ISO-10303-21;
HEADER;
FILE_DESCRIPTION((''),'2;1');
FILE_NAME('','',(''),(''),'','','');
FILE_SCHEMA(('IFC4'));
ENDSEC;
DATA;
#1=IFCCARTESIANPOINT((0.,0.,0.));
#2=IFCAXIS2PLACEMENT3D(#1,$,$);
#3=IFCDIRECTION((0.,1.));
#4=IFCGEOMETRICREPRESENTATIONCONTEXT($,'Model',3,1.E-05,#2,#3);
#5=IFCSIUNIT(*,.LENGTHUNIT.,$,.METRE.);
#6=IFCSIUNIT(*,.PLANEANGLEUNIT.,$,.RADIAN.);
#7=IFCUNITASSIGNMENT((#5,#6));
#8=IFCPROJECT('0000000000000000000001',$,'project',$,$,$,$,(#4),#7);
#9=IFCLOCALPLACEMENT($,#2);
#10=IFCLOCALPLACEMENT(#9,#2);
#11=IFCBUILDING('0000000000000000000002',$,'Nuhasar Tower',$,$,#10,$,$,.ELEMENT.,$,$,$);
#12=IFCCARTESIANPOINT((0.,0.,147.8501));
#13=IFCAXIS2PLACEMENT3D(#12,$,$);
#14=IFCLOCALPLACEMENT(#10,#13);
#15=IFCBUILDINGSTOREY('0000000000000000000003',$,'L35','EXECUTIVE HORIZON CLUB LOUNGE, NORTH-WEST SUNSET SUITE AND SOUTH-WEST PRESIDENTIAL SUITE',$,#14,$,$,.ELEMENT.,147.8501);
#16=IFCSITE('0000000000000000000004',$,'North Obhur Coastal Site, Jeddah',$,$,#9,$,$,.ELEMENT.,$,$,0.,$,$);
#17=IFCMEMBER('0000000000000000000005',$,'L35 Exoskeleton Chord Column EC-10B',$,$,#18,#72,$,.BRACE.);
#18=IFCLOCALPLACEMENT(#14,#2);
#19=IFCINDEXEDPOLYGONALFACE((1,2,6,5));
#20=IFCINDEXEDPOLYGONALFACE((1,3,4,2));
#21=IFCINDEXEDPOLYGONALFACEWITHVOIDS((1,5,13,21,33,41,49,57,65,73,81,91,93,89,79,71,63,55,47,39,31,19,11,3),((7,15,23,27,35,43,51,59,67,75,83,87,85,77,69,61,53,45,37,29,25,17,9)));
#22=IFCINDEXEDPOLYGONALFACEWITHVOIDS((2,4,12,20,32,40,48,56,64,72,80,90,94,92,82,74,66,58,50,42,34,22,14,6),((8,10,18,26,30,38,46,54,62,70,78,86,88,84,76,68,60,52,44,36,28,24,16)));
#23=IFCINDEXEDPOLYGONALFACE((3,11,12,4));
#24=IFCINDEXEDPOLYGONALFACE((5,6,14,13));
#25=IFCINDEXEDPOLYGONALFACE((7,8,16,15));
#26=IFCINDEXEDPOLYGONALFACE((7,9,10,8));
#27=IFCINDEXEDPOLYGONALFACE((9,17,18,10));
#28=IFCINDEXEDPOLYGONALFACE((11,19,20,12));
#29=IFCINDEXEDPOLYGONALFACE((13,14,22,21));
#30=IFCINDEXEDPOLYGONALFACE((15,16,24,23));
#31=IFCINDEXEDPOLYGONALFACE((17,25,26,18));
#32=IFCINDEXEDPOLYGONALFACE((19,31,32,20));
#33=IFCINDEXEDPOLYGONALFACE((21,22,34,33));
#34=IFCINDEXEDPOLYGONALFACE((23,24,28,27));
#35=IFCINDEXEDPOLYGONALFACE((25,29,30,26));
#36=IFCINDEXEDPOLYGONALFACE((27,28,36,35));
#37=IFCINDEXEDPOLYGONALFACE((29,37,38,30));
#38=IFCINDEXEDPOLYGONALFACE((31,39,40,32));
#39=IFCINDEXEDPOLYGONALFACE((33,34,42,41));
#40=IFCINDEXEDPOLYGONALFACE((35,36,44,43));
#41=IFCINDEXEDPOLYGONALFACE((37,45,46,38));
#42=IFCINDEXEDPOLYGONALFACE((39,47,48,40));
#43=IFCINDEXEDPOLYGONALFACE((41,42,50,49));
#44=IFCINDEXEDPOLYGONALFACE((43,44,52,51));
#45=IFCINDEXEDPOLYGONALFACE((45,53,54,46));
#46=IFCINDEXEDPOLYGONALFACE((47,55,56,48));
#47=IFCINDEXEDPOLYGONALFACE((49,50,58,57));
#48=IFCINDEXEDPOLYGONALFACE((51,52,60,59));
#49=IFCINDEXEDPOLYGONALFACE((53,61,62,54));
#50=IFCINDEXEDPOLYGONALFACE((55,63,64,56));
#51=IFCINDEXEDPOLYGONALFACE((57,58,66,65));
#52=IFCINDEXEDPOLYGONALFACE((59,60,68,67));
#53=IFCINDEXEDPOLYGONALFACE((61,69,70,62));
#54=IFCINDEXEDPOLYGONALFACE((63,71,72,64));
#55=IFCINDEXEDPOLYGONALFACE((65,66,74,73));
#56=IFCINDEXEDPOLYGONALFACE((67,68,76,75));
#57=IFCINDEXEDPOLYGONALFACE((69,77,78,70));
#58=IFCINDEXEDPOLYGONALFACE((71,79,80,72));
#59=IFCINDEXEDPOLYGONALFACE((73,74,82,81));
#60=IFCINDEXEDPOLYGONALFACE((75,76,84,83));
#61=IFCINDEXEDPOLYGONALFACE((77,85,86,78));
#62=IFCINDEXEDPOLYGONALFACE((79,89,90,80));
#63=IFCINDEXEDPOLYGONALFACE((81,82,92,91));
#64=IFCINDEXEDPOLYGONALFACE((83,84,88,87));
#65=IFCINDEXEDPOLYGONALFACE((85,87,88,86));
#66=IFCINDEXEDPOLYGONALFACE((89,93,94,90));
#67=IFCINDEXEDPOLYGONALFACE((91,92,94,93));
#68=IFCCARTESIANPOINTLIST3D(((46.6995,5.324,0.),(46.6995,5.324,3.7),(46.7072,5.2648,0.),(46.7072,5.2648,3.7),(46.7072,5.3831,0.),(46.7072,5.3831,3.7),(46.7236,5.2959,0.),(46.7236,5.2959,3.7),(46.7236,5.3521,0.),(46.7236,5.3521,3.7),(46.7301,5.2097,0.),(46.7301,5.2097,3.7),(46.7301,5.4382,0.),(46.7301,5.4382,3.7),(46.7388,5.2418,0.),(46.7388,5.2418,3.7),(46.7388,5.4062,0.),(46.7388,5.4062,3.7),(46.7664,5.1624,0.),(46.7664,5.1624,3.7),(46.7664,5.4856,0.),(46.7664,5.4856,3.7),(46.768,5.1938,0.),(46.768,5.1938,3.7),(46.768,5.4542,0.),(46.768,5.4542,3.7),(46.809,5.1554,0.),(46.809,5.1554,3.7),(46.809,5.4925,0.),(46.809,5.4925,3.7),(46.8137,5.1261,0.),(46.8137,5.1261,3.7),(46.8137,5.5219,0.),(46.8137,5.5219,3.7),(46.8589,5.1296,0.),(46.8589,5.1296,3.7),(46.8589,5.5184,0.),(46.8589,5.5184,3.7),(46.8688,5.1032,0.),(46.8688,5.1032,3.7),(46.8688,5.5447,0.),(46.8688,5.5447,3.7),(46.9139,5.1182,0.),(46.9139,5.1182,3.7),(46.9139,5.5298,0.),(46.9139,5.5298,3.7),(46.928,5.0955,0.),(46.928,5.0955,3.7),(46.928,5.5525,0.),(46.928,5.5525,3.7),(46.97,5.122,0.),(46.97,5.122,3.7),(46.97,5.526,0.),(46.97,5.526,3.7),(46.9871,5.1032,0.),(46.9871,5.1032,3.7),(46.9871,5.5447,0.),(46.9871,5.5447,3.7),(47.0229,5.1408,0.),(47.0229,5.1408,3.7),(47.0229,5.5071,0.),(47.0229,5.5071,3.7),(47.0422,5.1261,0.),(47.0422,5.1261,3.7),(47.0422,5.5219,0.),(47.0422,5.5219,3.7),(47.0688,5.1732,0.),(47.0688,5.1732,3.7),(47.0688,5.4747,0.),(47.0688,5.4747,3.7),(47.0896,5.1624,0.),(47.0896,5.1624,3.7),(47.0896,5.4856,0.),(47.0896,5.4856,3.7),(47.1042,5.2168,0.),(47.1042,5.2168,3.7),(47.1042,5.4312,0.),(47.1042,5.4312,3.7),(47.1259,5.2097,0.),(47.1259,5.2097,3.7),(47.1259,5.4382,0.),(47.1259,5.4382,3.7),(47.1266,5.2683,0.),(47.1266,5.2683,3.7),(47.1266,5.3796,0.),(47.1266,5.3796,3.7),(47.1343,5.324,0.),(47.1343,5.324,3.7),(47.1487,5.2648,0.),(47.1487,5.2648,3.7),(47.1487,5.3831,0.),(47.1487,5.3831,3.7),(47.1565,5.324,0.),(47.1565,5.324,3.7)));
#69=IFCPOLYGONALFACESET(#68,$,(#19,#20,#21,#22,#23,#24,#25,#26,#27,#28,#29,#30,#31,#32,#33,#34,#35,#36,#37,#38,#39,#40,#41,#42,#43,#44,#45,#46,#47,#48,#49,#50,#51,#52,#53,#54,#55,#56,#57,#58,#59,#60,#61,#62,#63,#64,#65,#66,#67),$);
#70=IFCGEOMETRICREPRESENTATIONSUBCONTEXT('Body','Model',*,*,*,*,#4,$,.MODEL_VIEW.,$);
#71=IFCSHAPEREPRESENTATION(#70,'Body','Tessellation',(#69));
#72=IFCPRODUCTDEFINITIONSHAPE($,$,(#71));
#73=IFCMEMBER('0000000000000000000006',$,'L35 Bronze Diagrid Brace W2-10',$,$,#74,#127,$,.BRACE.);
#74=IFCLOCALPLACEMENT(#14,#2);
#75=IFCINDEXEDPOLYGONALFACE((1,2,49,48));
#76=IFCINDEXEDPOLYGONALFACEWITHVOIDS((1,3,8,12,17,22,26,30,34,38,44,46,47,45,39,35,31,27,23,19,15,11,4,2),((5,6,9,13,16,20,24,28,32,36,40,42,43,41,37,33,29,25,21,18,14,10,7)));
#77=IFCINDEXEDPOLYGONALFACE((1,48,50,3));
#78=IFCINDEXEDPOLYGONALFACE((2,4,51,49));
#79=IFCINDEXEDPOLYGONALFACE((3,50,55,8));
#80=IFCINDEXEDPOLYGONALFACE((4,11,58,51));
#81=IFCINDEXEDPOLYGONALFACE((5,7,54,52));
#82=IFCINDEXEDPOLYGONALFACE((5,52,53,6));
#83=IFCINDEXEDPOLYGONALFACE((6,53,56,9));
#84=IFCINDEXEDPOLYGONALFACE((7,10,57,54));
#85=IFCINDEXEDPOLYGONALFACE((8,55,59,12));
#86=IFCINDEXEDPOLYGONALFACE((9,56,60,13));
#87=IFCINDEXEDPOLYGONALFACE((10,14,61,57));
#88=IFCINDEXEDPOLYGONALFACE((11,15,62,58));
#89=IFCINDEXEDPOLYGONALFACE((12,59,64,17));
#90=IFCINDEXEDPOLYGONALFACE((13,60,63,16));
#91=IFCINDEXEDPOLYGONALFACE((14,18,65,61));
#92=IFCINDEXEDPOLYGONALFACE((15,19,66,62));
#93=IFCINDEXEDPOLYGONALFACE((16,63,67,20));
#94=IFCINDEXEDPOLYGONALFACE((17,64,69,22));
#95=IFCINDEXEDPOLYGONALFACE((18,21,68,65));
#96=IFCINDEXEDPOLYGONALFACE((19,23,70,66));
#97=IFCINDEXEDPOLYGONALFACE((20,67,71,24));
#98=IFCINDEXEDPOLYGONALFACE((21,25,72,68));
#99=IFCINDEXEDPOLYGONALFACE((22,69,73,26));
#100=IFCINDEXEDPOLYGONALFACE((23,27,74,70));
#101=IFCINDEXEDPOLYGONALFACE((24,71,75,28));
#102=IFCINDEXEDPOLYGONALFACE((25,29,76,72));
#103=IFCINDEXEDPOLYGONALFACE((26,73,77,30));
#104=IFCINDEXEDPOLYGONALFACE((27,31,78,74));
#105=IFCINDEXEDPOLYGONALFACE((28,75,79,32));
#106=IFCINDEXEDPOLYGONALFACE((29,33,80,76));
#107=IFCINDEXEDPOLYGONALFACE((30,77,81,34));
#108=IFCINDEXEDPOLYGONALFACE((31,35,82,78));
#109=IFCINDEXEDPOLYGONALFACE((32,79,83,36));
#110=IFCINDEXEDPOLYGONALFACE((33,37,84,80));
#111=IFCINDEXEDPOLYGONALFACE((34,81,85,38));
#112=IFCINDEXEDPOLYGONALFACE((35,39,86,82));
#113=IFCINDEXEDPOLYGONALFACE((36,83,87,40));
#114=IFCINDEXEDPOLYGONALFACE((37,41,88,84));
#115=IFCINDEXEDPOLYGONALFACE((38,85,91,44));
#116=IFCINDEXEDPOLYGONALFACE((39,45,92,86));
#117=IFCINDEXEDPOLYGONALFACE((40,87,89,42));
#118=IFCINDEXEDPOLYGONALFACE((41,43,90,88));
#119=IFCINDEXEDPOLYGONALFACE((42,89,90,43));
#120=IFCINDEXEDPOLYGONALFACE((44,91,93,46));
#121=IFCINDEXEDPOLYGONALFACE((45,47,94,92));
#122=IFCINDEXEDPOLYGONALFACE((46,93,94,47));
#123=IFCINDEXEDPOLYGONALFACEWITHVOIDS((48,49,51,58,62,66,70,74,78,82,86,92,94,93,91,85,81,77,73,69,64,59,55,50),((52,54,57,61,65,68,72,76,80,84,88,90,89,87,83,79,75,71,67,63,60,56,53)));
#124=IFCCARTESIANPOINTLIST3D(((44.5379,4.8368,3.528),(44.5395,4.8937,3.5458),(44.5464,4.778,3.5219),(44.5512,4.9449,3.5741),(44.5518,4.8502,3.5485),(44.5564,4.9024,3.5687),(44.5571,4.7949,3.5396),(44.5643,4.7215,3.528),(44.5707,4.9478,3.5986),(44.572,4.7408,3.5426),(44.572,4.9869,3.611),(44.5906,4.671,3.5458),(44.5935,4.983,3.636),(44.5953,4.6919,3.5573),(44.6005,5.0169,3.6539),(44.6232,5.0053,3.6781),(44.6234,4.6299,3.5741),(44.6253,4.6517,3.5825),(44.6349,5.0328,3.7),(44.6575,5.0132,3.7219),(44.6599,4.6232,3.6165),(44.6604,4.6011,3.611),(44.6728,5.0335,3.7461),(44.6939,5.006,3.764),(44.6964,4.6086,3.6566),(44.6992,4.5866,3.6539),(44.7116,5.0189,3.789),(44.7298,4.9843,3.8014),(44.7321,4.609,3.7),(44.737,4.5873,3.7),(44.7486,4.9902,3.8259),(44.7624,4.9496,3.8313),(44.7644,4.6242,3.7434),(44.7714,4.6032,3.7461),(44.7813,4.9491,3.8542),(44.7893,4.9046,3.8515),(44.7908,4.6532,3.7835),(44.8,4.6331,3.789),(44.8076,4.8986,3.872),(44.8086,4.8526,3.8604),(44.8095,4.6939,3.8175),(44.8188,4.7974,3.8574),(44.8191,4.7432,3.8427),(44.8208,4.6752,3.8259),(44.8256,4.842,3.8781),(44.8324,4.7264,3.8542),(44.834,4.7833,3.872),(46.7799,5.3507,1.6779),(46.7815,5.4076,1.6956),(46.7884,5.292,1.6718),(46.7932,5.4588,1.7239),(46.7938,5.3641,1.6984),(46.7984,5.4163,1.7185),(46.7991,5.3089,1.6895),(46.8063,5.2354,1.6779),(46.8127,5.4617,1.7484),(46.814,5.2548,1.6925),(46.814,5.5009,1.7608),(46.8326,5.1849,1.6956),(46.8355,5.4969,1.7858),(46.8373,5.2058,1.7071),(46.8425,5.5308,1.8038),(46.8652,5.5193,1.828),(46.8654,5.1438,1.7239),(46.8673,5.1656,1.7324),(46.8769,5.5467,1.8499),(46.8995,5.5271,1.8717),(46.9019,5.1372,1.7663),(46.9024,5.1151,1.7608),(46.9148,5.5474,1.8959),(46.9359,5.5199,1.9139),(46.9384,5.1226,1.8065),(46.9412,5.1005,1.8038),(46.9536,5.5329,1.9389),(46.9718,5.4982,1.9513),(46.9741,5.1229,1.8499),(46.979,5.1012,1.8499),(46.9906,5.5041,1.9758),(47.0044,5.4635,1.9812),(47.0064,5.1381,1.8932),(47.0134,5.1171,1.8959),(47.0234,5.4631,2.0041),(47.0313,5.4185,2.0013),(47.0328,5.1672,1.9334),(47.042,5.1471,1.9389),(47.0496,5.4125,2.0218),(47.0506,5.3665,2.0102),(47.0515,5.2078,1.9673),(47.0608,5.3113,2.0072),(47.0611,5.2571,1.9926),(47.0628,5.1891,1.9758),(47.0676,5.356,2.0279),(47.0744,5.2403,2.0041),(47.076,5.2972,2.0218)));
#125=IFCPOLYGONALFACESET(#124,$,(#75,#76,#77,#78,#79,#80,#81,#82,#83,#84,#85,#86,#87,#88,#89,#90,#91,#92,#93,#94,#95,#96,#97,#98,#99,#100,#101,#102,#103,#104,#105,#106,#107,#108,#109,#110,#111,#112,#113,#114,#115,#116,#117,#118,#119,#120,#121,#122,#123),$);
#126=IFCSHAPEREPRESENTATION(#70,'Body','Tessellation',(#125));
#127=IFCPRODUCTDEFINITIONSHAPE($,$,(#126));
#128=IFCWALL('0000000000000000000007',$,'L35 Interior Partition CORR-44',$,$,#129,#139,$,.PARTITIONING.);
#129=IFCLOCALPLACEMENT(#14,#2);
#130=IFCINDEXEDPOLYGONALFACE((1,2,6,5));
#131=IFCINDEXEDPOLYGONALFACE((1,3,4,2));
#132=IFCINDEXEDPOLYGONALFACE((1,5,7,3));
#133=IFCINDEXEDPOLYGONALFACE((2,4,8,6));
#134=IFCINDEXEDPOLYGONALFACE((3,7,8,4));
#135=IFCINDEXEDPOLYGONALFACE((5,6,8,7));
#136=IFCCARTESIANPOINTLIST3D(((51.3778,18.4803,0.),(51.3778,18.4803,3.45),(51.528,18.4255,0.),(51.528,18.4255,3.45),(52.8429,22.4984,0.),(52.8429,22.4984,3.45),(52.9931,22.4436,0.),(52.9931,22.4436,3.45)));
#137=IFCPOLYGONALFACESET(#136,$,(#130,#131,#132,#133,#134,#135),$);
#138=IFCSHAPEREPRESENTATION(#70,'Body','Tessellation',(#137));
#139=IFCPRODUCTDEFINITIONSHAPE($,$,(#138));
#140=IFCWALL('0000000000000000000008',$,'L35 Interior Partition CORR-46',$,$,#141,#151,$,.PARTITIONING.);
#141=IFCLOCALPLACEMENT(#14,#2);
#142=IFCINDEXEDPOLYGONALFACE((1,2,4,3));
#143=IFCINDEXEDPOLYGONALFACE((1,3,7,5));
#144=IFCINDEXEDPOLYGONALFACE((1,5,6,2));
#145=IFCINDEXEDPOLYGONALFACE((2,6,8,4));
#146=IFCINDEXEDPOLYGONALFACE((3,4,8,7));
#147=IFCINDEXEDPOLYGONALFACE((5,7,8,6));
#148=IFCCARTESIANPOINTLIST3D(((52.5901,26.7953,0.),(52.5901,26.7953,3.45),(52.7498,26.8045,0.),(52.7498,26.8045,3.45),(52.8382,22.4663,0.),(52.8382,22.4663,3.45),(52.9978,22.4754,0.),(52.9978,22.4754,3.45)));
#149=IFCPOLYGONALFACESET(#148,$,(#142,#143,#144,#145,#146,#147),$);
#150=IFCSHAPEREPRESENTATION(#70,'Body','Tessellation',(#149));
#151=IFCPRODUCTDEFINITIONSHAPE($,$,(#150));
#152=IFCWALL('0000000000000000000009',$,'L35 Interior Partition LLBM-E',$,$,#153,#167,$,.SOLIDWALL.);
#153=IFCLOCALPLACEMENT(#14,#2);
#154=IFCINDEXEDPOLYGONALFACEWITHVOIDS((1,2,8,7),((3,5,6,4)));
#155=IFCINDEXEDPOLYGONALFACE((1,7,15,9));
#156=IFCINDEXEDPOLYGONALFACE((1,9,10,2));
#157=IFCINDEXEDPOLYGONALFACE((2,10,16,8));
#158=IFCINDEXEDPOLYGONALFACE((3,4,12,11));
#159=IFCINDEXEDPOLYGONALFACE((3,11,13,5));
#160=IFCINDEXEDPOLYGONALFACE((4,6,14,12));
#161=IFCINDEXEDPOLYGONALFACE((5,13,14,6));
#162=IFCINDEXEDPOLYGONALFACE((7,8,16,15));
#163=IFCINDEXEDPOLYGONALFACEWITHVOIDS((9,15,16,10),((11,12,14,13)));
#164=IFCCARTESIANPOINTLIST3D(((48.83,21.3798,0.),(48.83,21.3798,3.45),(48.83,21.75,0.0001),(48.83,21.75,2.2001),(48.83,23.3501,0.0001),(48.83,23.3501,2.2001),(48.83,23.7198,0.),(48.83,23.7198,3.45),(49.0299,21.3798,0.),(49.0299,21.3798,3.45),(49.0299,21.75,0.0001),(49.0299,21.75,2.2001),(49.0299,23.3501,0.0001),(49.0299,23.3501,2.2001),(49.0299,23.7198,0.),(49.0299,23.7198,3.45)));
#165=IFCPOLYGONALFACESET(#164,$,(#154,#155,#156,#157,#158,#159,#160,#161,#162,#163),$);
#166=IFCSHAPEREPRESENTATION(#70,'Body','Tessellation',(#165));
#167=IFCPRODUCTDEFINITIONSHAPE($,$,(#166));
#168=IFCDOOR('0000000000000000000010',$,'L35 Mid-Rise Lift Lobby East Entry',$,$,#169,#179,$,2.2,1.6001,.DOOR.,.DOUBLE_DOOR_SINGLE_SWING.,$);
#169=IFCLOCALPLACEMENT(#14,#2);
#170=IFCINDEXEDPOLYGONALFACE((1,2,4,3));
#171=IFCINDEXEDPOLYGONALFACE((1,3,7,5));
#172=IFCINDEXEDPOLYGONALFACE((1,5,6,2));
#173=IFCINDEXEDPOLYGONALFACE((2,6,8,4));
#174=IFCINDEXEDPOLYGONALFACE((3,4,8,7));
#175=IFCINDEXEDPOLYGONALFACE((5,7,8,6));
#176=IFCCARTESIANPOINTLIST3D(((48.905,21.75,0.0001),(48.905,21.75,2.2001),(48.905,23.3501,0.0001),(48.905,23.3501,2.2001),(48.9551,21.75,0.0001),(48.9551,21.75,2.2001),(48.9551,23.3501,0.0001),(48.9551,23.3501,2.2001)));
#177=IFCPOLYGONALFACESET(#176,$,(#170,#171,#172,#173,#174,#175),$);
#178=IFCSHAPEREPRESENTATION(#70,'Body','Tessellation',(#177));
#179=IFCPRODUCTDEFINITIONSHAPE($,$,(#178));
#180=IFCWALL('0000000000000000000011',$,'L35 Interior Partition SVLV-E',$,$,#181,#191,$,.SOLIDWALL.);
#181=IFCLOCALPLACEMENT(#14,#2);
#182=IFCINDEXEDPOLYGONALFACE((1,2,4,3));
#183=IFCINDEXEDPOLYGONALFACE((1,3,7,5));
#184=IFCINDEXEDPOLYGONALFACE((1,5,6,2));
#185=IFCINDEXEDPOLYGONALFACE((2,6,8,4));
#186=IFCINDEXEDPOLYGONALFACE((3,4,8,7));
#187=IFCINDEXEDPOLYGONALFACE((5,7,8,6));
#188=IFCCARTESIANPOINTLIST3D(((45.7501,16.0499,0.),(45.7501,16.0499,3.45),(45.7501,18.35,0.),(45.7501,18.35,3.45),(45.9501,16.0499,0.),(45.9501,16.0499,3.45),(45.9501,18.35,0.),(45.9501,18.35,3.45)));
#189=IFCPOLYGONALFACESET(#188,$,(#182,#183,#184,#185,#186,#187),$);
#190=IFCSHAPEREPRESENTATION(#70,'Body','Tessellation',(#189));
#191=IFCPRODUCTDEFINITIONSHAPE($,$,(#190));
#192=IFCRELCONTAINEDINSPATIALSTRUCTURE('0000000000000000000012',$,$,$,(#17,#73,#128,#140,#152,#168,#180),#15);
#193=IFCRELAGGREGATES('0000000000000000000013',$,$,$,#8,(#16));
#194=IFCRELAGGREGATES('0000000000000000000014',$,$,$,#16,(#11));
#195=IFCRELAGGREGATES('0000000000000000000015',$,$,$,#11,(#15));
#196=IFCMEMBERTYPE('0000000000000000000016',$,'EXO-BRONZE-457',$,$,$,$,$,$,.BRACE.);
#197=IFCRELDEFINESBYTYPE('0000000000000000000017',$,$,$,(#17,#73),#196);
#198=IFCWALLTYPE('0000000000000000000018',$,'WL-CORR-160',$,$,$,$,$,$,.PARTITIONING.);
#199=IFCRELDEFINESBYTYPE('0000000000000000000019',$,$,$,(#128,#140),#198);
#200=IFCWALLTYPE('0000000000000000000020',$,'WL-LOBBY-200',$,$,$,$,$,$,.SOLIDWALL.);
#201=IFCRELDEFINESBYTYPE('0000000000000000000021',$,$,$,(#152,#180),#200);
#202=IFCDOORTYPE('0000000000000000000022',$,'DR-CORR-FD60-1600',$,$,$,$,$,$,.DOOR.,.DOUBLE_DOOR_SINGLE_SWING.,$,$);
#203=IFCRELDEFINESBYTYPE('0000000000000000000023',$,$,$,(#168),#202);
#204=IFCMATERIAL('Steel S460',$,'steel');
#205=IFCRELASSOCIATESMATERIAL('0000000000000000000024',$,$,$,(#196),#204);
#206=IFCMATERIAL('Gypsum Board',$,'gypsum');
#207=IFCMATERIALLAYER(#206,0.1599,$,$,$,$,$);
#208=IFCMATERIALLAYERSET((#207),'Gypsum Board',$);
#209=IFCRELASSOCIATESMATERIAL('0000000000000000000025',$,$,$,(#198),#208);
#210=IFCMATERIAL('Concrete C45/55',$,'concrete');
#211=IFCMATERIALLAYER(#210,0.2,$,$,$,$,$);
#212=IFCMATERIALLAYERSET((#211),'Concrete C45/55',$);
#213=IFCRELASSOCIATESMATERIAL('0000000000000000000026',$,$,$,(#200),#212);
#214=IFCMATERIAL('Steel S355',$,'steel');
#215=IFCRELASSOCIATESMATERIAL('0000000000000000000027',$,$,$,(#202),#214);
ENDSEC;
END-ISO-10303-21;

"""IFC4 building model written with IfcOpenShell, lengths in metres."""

from ifc_helpers import new_model, si_unit, direction, frame, frame_2d, origin, origin_2d, place, context, subcontext, project, spatial, rectangle, hollow_circle, extrude, material, layer, layer_set, material_profile, profile_set, type_object, element, fill, save


model = new_model("IFC4")

# Units and contexts
model_context = context("Model", 3, precision=1e-05, world=origin(), true_north=direction((0.0, 1.0)))
body_context = subcontext(model_context, "Body", "Model", "MODEL_VIEW")
ifc_project = project(units=[si_unit("LENGTHUNIT", "METRE"), si_unit("PLANEANGLEUNIT", "RADIAN")], contexts=[model_context])

# Site, building, storey
site_placement = place(None, origin())
site = spatial("IfcSite", under=ifc_project, at=site_placement, Name="North Obhur Coastal Site, Jeddah", CompositionType="ELEMENT", RefElevation=0.0)
building_placement = place(site_placement, origin())
building = spatial("IfcBuilding", under=site, at=building_placement, Name="Nuhasar Tower", CompositionType="ELEMENT")
storey_placement = place(building_placement, frame((0.0, 0.0, 147.8501)))
storey = spatial("IfcBuildingStorey", under=building, at=storey_placement, Name="L35", Description="EXECUTIVE HORIZON CLUB LOUNGE, NORTH-WEST SUNSET SUITE AND SOUTH-WEST PRESIDENTIAL SUITE", CompositionType="ELEMENT", Elevation=147.8501)

# Shared definitions
ifc_material_1 = material(Name="Steel S355", Category="steel")

# Members
ifc_material_2 = material(Name="Steel S460", Category="steel")
ifc_material_profile_1 = material_profile(ifc_material_2, hollow_circle(Radius=0.2285, WallThickness=0.0222, at=origin_2d()), Name="HSS457X22.2")
ifc_profile_set_1 = profile_set([ifc_material_profile_1], Name="Steel S460")
member_type_1 = type_object("IfcMemberType", Name="EXO-BRONZE-457", PredefinedType="BRACE", material=ifc_profile_set_1)
member_1_placement = place(storey_placement, frame((46.928, 5.324, 0.0), z_axis=(0.0, 0.0, 1.0), x_axis=(1.0, 0.0, 0.0)))
element("IfcMember", 1, at=member_1_placement, inside=storey, type_object=member_type_1, Name="L35 Exoskeleton Chord Column EC-10B", PredefinedType="BRACE", context=body_context, shape_type="SweptSolid", body=[
    extrude(hollow_circle(Radius=0.2285, WallThickness=0.0222, at=origin_2d()), origin(), (0.0, 0.0, 1.0), 3.7),
])
member_2_placement = place(storey_placement, frame((46.928, 5.324, 1.8499), z_axis=(-0.75951, -0.174101, 0.626764), x_axis=(0.223433, -0.974719, 0.0)))
element("IfcMember", 2, at=member_2_placement, inside=storey, type_object=member_type_1, Name="L35 Bronze Diagrid Brace W2-10", PredefinedType="BRACE", context=body_context, shape_type="SweptSolid", body=[
    extrude(hollow_circle(Radius=0.2285, WallThickness=0.0222, at=origin_2d()), origin(), (0.0, 0.0, 1.0), 2.9519),
])

# Shared definitions
ifc_material_3 = material(Name="Gypsum Board", Category="gypsum")
ifc_layer_1 = layer(ifc_material_3, 0.1599)
ifc_layer_set_1 = layer_set([ifc_layer_1], Name="Gypsum Board")
wall_type_1 = type_object("IfcWallType", Name="WL-CORR-160", PredefinedType="PARTITIONING", material=ifc_layer_set_1)

# Walls
wall_1_placement = place(storey_placement, frame((51.4529, 18.4529, 0.0), z_axis=(0.0, 0.0, 1.0), x_axis=(0.342563, 0.939495, 0.0)))
element("IfcWall", 3, at=wall_1_placement, inside=storey, type_object=wall_type_1, Name="L35 Interior Partition CORR-44", PredefinedType="PARTITIONING", context=body_context, shape_type="SweptSolid", body=[
    extrude(rectangle(XDim=4.2769, YDim=0.1599, at=frame_2d((2.1384, 0.0))), origin(), (0.0, 0.0, 1.0), 3.45),
])
wall_2_placement = place(storey_placement, frame((52.918, 22.4709, 0.0), z_axis=(0.0, 0.0, 1.0), x_axis=(-0.057204, 0.998363, 0.0)))
element("IfcWall", 4, at=wall_2_placement, inside=storey, type_object=wall_type_1, Name="L35 Interior Partition CORR-46", PredefinedType="PARTITIONING", context=body_context, shape_type="SweptSolid", body=[
    extrude(rectangle(XDim=4.3362, YDim=0.1599, at=frame_2d((2.168, 0.0))), origin(), (0.0, 0.0, 1.0), 3.45),
])

# Wall, opening, door
ifc_material_4 = material(Name="Concrete C45/55", Category="concrete")
ifc_layer_2 = layer(ifc_material_4, 0.2)
ifc_layer_set_2 = layer_set([ifc_layer_2], Name="Concrete C45/55")
wall_type_2 = type_object("IfcWallType", Name="WL-LOBBY-200", PredefinedType="SOLIDWALL", material=ifc_layer_set_2)
wall_3_placement = place(storey_placement, frame((48.9299, 21.3799, 0.0), z_axis=(0.0, 0.0, 1.0), x_axis=(0.0, 1.0, 0.0)))
wall_3 = element("IfcWall", 5, at=wall_3_placement, inside=storey, type_object=wall_type_2, Name="L35 Interior Partition LLBM-E", PredefinedType="SOLIDWALL", context=body_context, shape_type="SweptSolid", body=[
    extrude(rectangle(XDim=2.3401, YDim=0.2, at=frame_2d((1.1699, 0.0))), origin(), (0.0, 0.0, 1.0), 3.45),
])
opening_1_placement = place(wall_3_placement, frame((0.3701, 0.0, 0.0)))
opening_1 = element("IfcOpeningElement", 6, at=opening_1_placement, cuts=wall_3, PredefinedType="OPENING", context=body_context, shape_type="SweptSolid", body=[
    extrude(rectangle(XDim=1.6001, YDim=2.2, at=frame_2d((0.8, 1.1001))), frame((0.0, 0.1099, 0.0), z_axis=(0.0, -1.0, 0.0), x_axis=(1.0, 0.0, 0.0)), (0.0, 0.0, 1.0), 0.22),
])
door_type_1 = type_object("IfcDoorType", Name="DR-CORR-FD60-1600", OperationType="DOUBLE_DOOR_SINGLE_SWING", PredefinedType="DOOR", material=ifc_material_1)
door_1_placement = place(opening_1_placement, origin())
door_1 = element("IfcDoor", 7, at=door_1_placement, inside=storey, type_object=door_type_1, Name="L35 Mid-Rise Lift Lobby East Entry", OperationType="DOUBLE_DOOR_SINGLE_SWING", OverallHeight=2.2, OverallWidth=1.6001, PredefinedType="DOOR", context=body_context, shape_type="SweptSolid", body=[
    extrude(rectangle(XDim=1.6001, YDim=2.2, at=frame_2d((0.8, 1.1001))), frame((0.0, 0.0249, 0.0), z_axis=(0.0, -1.0, 0.0), x_axis=(1.0, 0.0, 0.0)), (0.0, 0.0, 1.0), 0.05),
])
fill(opening_1, door_1)

# Wall
wall_4_placement = place(storey_placement, frame((45.8501, 16.05, 0.0), z_axis=(0.0, 0.0, 1.0), x_axis=(0.0, 1.0, 0.0)))
element("IfcWall", 8, at=wall_4_placement, inside=storey, type_object=wall_type_2, Name="L35 Interior Partition SVLV-E", PredefinedType="SOLIDWALL", context=body_context, shape_type="SweptSolid", body=[
    extrude(rectangle(XDim=2.3, YDim=0.2, at=frame_2d((1.1499, 0.0))), origin(), (0.0, 0.0, 1.0), 3.45),
])

save(model, "model.ifc")
